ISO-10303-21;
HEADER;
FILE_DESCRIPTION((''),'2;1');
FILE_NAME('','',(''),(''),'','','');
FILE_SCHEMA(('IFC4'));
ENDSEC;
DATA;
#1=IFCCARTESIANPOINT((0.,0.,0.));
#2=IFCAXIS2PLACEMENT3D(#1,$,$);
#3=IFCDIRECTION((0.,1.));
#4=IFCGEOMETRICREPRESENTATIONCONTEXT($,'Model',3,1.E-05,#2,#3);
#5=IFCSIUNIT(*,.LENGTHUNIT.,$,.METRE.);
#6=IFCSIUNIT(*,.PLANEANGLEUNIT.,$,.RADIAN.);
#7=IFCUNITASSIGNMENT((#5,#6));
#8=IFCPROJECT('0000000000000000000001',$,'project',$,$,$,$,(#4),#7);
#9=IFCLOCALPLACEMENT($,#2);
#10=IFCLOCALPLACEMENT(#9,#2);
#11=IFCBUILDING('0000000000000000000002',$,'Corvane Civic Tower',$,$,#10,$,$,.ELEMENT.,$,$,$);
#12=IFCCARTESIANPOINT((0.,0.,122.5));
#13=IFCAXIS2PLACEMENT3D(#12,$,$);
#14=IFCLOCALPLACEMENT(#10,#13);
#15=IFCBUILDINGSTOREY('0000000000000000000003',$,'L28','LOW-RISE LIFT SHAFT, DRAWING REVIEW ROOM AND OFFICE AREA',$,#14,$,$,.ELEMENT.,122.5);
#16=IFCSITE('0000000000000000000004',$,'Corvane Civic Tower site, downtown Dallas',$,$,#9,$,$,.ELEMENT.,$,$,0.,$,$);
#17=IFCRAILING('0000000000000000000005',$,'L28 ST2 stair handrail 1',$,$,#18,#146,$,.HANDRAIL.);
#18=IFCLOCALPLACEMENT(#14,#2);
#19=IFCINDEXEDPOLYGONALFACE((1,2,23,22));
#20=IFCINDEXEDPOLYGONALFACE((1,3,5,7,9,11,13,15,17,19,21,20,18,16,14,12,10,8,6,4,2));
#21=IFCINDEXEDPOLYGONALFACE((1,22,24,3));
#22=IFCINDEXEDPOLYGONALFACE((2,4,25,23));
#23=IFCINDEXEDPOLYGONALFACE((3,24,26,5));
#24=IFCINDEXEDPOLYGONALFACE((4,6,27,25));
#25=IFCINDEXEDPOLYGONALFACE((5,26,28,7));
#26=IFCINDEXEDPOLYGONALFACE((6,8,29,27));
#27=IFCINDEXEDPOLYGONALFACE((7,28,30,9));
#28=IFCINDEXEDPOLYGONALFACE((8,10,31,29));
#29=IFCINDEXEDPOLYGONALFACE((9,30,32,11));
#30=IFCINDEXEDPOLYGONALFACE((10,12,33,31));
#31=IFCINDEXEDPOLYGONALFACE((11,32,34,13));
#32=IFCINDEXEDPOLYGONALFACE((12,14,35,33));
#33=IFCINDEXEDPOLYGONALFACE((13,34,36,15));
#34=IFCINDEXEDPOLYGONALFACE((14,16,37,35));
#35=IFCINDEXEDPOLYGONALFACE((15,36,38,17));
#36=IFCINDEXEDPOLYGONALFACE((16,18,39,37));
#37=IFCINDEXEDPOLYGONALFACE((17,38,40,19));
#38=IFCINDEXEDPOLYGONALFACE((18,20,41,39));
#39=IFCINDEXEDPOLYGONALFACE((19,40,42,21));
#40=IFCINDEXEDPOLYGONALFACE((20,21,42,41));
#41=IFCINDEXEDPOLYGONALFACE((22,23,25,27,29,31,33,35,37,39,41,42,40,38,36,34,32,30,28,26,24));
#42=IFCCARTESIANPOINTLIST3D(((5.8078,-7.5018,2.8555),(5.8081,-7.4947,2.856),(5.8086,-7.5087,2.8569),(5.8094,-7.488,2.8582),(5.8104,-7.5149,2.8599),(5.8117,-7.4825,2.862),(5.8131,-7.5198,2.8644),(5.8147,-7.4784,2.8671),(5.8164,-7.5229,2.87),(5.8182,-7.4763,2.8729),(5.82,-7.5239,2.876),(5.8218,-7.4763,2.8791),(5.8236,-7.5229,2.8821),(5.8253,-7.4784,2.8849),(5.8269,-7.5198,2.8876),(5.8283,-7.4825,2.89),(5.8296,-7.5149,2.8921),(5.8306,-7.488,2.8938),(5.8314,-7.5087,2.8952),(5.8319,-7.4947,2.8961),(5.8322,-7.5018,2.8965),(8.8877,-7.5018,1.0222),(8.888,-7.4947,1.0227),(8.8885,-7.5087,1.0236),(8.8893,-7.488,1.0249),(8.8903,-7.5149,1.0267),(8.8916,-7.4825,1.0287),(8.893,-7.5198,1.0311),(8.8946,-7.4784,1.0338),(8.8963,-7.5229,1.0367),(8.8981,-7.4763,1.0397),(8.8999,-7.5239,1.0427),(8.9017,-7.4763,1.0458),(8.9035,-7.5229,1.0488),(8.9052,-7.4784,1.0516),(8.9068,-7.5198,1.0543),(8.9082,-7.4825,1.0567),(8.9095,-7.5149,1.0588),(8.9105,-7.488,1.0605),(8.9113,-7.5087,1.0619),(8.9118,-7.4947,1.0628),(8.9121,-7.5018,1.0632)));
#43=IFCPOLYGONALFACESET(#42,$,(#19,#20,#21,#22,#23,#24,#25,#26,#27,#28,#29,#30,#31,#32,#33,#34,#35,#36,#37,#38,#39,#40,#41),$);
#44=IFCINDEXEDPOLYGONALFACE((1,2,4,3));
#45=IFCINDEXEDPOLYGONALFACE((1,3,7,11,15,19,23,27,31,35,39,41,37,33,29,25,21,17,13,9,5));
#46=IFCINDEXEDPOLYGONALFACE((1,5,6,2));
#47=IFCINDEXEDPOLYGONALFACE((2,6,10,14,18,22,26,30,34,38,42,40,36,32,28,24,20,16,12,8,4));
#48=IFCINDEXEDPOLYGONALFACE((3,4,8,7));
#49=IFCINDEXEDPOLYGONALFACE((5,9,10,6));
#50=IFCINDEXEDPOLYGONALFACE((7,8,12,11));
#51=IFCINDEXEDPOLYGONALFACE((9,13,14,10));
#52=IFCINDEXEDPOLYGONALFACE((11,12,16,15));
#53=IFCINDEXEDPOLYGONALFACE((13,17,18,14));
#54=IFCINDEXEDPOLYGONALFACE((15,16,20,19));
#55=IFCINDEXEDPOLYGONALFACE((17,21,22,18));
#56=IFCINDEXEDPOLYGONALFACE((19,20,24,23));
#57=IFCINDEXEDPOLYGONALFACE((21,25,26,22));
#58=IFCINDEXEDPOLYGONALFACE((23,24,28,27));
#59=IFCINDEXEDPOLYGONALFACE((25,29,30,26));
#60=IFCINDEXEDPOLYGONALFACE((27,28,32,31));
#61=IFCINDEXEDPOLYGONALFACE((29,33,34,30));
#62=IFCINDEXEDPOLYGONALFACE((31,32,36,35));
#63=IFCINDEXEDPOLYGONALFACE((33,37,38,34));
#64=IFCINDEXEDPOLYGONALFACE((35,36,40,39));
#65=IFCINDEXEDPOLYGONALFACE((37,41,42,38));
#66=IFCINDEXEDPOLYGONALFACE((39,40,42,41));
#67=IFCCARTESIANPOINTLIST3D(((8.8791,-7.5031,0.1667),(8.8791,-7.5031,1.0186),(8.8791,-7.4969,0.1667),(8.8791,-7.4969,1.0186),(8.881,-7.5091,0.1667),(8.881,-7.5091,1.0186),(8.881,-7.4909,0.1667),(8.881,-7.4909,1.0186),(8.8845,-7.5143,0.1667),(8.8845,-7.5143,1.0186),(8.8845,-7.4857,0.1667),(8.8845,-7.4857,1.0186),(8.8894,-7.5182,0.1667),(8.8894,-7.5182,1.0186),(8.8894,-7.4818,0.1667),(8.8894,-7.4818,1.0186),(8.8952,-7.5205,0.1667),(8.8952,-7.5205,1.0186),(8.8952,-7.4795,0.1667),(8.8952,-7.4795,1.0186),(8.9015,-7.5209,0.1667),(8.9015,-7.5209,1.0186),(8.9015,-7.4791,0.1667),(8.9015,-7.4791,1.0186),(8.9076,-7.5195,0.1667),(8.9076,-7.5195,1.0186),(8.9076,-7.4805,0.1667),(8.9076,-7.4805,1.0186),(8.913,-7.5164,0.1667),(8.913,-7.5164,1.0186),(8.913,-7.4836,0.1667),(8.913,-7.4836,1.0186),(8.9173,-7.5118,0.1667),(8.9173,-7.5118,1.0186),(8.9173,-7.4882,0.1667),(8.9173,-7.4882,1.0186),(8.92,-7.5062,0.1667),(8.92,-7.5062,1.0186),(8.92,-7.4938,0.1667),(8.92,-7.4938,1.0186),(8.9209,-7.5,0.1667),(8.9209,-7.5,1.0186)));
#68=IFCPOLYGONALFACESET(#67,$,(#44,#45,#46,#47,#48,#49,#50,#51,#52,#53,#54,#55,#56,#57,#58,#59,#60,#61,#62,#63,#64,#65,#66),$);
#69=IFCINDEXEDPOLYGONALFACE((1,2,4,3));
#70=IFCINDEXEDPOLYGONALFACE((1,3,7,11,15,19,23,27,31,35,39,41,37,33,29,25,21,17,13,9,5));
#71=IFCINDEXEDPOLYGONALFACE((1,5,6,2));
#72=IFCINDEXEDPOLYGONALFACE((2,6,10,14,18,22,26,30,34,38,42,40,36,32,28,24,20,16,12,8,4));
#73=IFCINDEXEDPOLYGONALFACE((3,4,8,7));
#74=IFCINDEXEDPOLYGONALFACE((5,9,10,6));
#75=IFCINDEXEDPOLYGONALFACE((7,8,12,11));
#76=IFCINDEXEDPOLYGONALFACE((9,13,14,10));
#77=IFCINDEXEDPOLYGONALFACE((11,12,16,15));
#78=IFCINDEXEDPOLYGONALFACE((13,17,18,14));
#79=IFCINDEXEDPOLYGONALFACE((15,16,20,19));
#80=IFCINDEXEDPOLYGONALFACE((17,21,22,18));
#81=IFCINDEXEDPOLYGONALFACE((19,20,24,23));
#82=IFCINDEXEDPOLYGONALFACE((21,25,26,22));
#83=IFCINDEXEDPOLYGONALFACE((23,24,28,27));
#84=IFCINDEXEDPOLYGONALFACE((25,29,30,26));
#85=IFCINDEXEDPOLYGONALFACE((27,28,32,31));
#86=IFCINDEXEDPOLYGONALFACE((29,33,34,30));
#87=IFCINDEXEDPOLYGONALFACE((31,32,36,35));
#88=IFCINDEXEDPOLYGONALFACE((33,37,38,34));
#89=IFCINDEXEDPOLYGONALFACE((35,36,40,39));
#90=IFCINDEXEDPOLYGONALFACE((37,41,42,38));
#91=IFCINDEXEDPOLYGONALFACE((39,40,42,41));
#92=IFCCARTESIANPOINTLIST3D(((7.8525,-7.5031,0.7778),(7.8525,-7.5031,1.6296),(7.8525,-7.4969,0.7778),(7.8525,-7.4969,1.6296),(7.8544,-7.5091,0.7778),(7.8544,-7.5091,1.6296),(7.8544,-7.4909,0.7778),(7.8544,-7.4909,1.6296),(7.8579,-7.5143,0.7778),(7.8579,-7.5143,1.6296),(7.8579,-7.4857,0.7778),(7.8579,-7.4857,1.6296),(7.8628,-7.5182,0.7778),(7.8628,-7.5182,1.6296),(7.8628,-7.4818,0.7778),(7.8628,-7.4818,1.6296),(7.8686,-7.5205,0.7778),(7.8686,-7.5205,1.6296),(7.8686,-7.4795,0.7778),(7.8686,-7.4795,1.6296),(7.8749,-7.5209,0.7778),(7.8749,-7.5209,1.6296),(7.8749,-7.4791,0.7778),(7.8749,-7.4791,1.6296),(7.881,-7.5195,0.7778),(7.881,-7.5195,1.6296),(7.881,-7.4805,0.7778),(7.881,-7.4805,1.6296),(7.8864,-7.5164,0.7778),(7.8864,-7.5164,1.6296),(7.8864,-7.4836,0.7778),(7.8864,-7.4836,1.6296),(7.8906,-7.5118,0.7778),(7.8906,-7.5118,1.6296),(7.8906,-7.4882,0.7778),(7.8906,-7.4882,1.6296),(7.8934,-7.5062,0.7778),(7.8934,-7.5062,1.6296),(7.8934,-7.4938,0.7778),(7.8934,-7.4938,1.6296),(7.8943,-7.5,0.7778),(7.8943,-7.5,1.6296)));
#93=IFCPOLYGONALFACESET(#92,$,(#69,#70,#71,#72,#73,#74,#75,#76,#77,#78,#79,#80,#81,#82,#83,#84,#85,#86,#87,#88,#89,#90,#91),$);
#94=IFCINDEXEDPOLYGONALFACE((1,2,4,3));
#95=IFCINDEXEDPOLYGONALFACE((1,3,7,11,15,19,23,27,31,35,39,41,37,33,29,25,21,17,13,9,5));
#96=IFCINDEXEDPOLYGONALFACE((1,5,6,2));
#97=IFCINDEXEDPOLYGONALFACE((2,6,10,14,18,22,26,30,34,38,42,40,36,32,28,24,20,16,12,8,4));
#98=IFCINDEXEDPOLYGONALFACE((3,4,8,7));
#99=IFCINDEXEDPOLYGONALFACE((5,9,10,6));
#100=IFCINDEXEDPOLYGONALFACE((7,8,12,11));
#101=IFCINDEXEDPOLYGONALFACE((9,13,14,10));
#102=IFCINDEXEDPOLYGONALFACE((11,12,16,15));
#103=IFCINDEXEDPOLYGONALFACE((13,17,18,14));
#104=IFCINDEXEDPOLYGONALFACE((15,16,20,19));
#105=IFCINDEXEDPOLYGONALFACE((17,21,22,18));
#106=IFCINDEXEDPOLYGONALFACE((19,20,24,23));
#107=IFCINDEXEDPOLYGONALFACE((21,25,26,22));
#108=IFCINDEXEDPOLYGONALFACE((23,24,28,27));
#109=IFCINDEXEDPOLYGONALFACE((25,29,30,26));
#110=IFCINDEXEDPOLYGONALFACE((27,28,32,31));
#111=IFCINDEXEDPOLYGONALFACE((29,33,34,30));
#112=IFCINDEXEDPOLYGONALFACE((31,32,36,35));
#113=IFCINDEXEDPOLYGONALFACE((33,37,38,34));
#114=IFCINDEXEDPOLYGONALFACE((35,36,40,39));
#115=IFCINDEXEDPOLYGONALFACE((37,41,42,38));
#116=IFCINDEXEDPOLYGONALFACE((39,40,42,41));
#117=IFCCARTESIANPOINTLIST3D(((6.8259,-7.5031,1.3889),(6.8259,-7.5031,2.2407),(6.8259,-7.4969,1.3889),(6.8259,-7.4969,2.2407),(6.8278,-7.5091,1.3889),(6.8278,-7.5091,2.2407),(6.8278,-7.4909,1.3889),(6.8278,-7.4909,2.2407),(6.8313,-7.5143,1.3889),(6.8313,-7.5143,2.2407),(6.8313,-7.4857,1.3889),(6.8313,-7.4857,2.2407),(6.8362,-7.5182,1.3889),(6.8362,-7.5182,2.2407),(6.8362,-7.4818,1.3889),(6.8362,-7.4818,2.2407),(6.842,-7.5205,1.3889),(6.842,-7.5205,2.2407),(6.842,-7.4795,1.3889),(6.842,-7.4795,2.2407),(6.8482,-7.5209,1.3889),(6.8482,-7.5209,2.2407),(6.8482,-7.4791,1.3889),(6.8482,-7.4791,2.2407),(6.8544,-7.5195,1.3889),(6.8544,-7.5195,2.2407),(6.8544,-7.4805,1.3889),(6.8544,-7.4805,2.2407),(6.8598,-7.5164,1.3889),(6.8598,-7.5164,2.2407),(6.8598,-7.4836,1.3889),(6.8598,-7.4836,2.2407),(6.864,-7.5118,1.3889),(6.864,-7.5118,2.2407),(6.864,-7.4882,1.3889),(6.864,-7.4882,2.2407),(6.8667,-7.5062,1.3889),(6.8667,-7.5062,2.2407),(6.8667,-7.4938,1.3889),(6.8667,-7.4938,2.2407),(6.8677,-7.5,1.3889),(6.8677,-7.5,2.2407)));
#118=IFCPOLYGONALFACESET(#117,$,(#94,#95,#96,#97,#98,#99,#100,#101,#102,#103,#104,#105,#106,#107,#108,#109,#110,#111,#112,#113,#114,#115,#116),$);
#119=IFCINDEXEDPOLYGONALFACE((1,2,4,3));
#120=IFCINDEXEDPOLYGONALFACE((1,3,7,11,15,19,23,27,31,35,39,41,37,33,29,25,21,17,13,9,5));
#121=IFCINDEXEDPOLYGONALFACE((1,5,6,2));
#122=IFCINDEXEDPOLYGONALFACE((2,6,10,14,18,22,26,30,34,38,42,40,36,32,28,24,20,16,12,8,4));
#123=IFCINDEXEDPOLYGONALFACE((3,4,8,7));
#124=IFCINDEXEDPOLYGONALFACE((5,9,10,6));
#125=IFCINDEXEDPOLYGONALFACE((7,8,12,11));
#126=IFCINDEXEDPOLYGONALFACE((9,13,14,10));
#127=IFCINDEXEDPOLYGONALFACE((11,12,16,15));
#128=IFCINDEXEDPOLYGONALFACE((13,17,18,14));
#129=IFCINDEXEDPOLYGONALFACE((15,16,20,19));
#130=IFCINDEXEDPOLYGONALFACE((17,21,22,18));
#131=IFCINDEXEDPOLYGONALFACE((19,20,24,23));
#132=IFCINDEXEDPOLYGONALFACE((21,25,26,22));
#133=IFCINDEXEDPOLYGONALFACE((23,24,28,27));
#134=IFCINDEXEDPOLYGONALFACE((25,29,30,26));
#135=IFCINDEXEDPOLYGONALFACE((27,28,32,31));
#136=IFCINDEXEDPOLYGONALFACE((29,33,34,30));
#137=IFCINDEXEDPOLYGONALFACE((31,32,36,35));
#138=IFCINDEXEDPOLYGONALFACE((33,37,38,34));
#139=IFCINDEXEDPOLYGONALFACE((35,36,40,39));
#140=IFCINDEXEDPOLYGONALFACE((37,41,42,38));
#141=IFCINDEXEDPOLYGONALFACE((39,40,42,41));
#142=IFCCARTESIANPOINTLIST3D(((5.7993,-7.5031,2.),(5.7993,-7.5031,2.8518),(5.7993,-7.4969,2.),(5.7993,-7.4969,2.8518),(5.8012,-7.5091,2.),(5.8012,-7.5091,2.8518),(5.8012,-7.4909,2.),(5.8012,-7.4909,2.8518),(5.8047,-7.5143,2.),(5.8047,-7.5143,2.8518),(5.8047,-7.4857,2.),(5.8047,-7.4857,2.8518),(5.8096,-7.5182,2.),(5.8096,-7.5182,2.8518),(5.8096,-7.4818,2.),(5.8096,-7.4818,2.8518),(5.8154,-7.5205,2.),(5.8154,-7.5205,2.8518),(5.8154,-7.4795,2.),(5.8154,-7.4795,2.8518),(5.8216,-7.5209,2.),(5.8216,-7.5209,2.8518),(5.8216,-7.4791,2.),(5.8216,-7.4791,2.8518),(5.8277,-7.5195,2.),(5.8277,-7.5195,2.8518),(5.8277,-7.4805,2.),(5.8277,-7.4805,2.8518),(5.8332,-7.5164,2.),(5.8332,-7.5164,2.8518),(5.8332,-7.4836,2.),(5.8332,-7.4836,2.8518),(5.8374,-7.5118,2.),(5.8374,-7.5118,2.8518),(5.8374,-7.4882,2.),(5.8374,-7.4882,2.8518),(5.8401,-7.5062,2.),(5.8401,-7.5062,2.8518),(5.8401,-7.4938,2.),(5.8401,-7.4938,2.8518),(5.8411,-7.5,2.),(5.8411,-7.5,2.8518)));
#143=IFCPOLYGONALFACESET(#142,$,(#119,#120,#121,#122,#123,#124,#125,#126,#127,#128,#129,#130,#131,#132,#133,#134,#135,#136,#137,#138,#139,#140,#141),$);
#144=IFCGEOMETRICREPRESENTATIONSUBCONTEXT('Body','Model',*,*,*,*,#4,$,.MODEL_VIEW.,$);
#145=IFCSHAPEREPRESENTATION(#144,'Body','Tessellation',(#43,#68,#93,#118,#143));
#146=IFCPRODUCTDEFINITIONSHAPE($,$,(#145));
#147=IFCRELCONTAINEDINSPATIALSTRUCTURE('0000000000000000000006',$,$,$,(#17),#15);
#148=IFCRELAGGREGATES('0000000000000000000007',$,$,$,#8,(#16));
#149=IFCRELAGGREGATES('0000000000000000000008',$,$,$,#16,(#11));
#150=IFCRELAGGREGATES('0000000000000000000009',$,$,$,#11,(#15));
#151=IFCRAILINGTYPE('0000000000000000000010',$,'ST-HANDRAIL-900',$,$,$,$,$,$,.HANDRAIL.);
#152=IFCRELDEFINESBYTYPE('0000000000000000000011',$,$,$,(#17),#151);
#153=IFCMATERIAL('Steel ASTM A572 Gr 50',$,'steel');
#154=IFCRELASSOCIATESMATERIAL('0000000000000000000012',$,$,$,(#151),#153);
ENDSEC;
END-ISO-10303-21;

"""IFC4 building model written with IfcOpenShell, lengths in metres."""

from ifc_helpers import new_model, si_unit, direction, frame, origin, origin_2d, place, context, subcontext, project, spatial, circle, extrude, material, type_object, element, save


model = new_model("IFC4")

# Units and contexts
model_context = context("Model", 3, precision=1e-05, world=origin(), true_north=direction((0.0, 1.0)))
body_context = subcontext(model_context, "Body", "Model", "MODEL_VIEW")
ifc_project = project(units=[si_unit("LENGTHUNIT", "METRE"), si_unit("PLANEANGLEUNIT", "RADIAN")], contexts=[model_context])

# Site, building, storey
site_placement = place(None, origin())
site = spatial("IfcSite", under=ifc_project, at=site_placement, Name="Corvane Civic Tower site, downtown Dallas", CompositionType="ELEMENT", RefElevation=0.0)
building_placement = place(site_placement, origin())
building = spatial("IfcBuilding", under=site, at=building_placement, Name="Corvane Civic Tower", CompositionType="ELEMENT")
storey_placement = place(building_placement, frame((0.0, 0.0, 122.5)))
storey = spatial("IfcBuildingStorey", under=building, at=storey_placement, Name="L28", Description="LOW-RISE LIFT SHAFT, DRAWING REVIEW ROOM AND OFFICE AREA", CompositionType="ELEMENT", Elevation=122.5)

# Railing
ifc_material_1 = material(Name="Steel ASTM A572 Gr 50", Category="steel")
railing_type_1 = type_object("IfcRailingType", Name="ST-HANDRAIL-900", PredefinedType="HANDRAIL", material=ifc_material_1)
railing_1_placement = place(storey_placement, frame((8.8999, -7.5, 0.1667)))
element("IfcRailing", 1, at=railing_1_placement, inside=storey, type_object=railing_type_1, Name="L28 ST2 stair handrail 1", PredefinedType="HANDRAIL", context=body_context, shape_type="SweptSolid", body=[
    extrude(circle(Radius=0.0239, at=origin_2d()), frame((0.0, 0.0, 0.876), z_axis=(-0.859291, 0.0, 0.511487), x_axis=(0.0, -1.0, 0.0)), (0.0, 0.0, 1.0), 3.5842),
    extrude(circle(Radius=0.021, at=origin_2d()), origin(), (0.0, 0.0, 1.0), 0.8518),
    extrude(circle(Radius=0.021, at=origin_2d()), frame((-1.0266, 0.0, 0.6111)), (0.0, 0.0, 1.0), 0.8518),
    extrude(circle(Radius=0.021, at=origin_2d()), frame((-2.0532, 0.0, 1.2222)), (0.0, 0.0, 1.0), 0.8518),
    extrude(circle(Radius=0.021, at=origin_2d()), frame((-3.0798, 0.0, 1.8333)), (0.0, 0.0, 1.0), 0.8518),
])

save(model, "model.ifc")
